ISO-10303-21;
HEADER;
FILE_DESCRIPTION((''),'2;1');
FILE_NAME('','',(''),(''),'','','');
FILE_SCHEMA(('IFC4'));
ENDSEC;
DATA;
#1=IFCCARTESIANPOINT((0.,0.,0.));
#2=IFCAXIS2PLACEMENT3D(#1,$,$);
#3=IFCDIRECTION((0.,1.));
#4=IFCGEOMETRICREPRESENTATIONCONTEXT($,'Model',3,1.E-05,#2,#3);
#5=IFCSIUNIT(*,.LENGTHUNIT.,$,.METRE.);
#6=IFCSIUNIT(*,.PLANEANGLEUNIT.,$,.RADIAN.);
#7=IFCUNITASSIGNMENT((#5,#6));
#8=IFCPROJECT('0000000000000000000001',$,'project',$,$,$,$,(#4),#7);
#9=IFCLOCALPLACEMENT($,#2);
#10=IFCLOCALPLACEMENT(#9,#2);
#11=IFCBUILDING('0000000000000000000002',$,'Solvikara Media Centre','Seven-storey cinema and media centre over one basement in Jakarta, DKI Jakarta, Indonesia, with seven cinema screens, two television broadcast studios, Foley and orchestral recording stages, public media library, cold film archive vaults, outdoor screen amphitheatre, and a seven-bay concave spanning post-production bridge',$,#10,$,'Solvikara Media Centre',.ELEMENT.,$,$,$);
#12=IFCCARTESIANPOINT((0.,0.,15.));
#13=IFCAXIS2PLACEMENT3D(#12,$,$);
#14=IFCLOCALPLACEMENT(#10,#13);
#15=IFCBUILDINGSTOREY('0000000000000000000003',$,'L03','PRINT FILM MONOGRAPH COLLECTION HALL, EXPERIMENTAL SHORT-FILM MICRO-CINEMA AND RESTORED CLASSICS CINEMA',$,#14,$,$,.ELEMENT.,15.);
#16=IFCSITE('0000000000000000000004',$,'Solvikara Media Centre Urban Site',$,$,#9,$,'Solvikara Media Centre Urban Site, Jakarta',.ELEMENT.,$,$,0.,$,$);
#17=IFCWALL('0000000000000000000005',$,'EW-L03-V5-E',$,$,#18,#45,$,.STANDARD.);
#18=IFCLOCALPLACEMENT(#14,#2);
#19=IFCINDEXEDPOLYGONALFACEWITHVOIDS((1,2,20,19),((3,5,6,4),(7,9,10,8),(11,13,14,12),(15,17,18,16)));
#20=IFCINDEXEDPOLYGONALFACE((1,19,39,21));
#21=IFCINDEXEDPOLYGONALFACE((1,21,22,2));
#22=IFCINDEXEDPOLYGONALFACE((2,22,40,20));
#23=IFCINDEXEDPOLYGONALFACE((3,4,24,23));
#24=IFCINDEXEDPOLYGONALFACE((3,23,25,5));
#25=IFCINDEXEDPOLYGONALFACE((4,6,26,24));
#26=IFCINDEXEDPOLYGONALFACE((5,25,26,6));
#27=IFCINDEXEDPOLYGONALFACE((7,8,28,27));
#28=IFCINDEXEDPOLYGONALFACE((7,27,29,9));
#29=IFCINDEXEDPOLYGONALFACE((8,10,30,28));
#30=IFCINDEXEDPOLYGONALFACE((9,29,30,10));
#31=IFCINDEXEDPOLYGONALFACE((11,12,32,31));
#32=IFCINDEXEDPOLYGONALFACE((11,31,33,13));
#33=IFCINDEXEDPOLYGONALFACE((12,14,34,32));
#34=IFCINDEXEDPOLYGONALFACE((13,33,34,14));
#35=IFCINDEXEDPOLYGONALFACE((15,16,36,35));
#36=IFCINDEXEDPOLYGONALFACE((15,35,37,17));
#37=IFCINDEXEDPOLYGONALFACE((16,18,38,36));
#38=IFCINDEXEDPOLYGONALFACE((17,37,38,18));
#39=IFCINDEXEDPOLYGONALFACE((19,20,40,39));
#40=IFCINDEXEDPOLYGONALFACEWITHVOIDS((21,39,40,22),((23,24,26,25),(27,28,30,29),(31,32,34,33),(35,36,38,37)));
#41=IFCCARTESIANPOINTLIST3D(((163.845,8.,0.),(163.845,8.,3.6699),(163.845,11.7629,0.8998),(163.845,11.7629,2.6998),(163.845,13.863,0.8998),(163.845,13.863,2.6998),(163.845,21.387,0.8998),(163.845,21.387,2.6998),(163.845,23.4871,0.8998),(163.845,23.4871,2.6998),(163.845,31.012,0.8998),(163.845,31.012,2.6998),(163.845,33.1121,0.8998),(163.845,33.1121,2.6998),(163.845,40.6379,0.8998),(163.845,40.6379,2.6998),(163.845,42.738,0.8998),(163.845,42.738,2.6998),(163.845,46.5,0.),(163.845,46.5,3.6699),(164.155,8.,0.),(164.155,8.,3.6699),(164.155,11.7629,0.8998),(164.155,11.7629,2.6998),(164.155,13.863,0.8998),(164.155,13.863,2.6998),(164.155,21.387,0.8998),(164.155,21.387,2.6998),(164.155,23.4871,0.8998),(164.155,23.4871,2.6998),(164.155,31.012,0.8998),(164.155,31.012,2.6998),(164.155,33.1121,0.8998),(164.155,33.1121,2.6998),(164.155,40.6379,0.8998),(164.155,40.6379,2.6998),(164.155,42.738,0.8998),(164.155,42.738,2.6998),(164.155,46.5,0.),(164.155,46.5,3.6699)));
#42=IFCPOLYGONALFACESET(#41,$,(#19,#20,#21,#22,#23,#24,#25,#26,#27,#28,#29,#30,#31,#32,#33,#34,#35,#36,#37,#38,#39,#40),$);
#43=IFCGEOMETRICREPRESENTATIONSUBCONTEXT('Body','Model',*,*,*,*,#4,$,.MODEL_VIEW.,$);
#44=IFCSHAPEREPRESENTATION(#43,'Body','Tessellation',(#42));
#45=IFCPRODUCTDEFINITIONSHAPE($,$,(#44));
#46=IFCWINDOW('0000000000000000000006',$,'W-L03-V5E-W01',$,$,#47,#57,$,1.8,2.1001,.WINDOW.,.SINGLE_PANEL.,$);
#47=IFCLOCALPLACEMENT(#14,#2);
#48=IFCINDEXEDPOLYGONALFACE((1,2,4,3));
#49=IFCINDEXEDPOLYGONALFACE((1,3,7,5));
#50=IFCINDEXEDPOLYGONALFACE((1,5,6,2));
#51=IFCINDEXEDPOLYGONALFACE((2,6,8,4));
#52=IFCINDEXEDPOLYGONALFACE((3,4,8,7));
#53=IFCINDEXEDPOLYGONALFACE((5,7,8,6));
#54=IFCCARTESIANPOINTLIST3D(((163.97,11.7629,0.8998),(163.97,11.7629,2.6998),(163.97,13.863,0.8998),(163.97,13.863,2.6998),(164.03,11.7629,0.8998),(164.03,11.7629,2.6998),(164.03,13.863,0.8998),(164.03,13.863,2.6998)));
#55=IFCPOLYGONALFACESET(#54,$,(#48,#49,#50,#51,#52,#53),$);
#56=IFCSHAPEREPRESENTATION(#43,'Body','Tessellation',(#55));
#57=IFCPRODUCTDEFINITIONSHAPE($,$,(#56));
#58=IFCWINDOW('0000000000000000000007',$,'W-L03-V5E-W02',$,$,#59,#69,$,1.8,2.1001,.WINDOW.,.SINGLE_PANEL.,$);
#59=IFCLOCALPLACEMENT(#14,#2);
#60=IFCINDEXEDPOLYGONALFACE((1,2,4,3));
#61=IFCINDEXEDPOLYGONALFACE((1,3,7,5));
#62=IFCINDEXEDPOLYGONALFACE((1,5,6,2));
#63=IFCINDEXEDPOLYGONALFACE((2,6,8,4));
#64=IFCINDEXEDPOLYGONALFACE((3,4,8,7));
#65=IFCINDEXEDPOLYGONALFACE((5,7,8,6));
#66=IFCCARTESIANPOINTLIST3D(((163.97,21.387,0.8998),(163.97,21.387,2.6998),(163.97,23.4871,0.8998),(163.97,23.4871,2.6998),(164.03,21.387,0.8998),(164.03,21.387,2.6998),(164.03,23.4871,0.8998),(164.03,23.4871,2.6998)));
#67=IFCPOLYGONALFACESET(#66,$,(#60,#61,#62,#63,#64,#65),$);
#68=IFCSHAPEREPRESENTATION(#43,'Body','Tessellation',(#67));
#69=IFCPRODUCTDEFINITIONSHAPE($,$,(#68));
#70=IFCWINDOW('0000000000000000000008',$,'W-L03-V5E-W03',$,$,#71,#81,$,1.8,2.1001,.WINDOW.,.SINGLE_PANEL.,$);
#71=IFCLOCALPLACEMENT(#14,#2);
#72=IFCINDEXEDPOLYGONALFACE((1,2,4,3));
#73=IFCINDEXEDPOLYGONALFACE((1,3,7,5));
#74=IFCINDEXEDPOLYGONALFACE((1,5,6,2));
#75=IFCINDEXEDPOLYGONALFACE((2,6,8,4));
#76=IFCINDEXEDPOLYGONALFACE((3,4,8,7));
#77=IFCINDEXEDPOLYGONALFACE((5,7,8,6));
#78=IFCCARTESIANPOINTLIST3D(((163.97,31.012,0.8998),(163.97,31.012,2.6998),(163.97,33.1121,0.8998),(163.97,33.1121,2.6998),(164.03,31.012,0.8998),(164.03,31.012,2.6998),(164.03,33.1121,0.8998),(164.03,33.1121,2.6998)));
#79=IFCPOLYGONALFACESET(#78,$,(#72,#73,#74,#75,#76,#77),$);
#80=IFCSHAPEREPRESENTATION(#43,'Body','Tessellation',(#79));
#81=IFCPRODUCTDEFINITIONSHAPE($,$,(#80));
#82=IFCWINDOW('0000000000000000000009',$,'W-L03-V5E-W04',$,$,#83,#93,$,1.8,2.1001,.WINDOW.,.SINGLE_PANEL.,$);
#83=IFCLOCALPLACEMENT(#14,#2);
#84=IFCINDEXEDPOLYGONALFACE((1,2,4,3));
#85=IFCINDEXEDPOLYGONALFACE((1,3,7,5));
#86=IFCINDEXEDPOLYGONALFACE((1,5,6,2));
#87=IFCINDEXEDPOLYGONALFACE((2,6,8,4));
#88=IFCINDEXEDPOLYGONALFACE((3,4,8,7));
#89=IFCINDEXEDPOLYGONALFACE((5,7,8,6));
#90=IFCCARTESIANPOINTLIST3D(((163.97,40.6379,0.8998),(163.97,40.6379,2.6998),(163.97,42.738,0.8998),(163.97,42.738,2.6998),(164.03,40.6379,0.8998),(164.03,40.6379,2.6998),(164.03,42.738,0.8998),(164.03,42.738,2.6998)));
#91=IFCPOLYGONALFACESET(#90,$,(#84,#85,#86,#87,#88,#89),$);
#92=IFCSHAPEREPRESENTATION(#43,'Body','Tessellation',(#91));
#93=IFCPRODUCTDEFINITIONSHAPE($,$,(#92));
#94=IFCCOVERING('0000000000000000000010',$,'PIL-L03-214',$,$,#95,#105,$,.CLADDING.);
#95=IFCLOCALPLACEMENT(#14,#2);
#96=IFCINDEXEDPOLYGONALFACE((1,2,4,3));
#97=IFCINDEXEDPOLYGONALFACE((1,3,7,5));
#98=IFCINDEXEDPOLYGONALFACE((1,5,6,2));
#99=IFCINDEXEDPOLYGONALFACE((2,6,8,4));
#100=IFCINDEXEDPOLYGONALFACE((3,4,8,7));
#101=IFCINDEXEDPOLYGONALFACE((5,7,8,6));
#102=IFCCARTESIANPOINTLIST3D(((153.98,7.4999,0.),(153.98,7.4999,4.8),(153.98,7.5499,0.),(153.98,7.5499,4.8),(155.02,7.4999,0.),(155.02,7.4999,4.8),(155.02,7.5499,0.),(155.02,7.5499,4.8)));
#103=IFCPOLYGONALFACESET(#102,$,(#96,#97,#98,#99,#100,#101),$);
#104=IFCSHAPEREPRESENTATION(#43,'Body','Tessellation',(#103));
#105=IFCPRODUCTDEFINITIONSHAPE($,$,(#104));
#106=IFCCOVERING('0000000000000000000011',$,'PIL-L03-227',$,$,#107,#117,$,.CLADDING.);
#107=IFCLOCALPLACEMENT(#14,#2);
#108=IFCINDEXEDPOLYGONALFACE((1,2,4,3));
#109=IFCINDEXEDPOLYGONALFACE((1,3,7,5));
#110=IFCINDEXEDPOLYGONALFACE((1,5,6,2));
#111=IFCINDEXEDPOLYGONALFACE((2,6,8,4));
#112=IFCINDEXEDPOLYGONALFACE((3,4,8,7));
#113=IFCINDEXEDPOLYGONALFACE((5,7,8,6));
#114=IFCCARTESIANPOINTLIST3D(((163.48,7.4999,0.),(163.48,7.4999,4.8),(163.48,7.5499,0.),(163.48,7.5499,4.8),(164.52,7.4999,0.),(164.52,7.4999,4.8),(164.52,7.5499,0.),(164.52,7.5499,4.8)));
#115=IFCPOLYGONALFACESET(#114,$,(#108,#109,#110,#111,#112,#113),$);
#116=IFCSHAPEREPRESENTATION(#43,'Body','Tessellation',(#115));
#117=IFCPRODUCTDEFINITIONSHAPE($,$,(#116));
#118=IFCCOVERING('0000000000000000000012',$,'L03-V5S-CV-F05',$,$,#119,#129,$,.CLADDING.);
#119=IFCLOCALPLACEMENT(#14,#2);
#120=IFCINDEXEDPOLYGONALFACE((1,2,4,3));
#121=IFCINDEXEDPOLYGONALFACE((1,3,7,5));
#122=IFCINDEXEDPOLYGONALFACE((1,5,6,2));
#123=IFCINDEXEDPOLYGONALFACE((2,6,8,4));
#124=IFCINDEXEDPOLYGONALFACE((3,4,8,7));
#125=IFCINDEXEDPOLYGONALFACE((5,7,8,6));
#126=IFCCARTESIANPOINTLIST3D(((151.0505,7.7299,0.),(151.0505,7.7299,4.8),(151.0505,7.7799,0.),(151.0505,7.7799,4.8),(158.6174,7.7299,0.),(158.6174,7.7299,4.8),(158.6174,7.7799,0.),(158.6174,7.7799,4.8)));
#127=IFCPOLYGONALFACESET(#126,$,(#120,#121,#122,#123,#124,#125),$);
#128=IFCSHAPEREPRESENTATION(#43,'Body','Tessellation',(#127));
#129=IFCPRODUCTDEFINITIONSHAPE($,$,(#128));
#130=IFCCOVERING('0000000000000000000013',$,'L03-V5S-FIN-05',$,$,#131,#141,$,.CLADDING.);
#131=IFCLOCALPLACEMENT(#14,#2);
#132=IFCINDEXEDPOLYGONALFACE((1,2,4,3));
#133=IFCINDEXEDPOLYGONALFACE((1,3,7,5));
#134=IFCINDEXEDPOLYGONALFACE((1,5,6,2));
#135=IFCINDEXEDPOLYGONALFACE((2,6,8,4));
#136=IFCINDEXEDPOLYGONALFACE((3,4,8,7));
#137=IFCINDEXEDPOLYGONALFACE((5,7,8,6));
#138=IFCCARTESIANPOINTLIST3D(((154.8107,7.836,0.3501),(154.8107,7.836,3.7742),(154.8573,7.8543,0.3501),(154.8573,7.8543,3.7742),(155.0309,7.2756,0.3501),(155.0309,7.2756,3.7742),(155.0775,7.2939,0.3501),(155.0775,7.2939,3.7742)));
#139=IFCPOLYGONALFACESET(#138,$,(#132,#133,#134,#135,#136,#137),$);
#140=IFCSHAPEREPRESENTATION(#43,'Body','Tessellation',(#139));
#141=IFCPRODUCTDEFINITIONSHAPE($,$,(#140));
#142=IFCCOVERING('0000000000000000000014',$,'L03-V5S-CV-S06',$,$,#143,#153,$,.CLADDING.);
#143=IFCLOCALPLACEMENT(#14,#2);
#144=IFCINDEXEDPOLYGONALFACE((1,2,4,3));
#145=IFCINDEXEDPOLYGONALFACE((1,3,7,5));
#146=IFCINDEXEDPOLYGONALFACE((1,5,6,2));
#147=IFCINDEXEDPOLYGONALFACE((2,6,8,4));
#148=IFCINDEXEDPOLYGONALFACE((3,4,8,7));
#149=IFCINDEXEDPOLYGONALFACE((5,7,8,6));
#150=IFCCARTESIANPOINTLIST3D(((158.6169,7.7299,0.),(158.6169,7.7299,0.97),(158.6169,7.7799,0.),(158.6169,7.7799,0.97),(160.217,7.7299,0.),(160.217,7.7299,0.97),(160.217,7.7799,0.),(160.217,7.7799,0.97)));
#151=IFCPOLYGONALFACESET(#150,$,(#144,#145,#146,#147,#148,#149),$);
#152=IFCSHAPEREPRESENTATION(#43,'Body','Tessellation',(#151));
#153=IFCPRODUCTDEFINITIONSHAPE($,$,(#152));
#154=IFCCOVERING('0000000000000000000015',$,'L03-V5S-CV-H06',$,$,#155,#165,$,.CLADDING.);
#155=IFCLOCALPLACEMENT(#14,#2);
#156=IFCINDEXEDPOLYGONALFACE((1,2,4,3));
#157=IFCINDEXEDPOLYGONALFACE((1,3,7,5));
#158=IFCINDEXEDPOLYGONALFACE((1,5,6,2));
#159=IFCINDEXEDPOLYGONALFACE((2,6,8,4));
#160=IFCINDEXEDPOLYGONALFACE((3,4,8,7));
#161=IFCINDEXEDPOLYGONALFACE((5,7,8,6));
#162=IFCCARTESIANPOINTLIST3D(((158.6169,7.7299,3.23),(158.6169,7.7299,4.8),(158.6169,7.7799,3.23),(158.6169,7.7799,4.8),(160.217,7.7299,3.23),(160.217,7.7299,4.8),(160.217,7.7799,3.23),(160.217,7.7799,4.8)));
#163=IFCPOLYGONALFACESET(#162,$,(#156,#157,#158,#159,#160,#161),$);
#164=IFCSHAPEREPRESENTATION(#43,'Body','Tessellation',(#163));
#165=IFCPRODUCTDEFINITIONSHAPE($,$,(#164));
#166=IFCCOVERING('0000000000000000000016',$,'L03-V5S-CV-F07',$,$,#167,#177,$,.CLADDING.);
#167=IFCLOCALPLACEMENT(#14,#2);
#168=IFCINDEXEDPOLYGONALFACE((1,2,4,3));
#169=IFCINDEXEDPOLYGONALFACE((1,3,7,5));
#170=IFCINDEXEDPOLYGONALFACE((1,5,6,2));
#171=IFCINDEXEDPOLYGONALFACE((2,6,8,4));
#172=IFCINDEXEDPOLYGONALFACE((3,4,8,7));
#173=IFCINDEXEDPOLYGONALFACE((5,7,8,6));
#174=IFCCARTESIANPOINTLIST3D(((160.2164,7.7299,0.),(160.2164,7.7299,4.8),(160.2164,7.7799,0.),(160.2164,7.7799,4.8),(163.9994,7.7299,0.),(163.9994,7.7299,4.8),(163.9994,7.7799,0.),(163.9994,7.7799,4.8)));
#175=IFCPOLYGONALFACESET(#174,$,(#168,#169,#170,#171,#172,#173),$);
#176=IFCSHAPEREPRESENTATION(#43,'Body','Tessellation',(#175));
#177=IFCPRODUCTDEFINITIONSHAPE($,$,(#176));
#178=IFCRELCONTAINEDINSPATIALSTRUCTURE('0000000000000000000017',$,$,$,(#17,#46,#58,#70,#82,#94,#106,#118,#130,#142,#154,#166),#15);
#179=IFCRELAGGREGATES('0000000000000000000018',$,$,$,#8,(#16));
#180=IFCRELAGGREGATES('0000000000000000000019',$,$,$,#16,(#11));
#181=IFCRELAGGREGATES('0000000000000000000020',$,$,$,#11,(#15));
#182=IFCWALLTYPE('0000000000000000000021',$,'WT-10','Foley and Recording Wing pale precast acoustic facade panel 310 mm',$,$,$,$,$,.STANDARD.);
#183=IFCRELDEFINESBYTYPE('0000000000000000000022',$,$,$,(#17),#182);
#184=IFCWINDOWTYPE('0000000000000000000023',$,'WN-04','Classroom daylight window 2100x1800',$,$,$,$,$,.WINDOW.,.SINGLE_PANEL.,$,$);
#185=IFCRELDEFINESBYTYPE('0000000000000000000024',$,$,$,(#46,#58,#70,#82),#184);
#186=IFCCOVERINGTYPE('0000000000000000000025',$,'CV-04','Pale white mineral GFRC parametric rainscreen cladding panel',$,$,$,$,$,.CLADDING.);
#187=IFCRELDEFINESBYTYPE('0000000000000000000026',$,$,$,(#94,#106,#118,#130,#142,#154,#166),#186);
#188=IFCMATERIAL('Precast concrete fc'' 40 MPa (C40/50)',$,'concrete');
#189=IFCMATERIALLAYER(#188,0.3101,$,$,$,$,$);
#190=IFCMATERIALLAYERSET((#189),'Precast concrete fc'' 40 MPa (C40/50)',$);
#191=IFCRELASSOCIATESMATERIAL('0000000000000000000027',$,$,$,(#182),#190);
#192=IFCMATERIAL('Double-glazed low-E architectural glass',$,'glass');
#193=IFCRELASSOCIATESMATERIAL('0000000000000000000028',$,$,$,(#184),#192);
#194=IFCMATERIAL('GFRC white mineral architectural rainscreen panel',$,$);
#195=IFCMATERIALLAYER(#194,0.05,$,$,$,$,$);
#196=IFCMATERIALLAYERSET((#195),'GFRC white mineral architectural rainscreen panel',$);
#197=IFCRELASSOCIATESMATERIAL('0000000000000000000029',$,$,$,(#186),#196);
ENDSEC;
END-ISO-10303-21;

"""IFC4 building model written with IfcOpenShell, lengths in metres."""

from ifc_helpers import new_model, si_unit, direction, frame, frame_2d, origin, origin_2d, place, context, subcontext, project, spatial, rectangle, extrude, material, layer, layer_set, type_object, element, fill, save


model = new_model("IFC4")

# Units and contexts
model_context = context("Model", 3, precision=1e-05, world=origin(), true_north=direction((0.0, 1.0)))
body_context = subcontext(model_context, "Body", "Model", "MODEL_VIEW")
ifc_project = project(units=[si_unit("LENGTHUNIT", "METRE"), si_unit("PLANEANGLEUNIT", "RADIAN")], contexts=[model_context])

# Site, building, storey
site_placement = place(None, origin())
site = spatial("IfcSite", under=ifc_project, at=site_placement, Name="Solvikara Media Centre Urban Site", LongName="Solvikara Media Centre Urban Site, Jakarta", CompositionType="ELEMENT", RefElevation=0.0)
building_placement = place(site_placement, origin())
building = spatial("IfcBuilding", under=site, at=building_placement, Name="Solvikara Media Centre", Description="Seven-storey cinema and media centre over one basement in Jakarta, DKI Jakarta, Indonesia, with seven cinema screens, two television broadcast studios, Foley and orchestral recording stages, public media library, cold film archive vaults, outdoor screen amphitheatre, and a seven-bay concave spanning post-production bridge", LongName="Solvikara Media Centre", CompositionType="ELEMENT")
storey_placement = place(building_placement, frame((0.0, 0.0, 15.0)))
storey = spatial("IfcBuildingStorey", under=building, at=storey_placement, Name="L03", Description="PRINT FILM MONOGRAPH COLLECTION HALL, EXPERIMENTAL SHORT-FILM MICRO-CINEMA AND RESTORED CLASSICS CINEMA", CompositionType="ELEMENT", Elevation=15.0)

# Wall, openings, windows
ifc_material_1 = material(Name="Precast concrete fc' 40 MPa (C40/50)", Category="concrete")
ifc_layer_1 = layer(ifc_material_1, 0.3101)
ifc_layer_set_1 = layer_set([ifc_layer_1], Name="Precast concrete fc' 40 MPa (C40/50)")
wall_type = type_object("IfcWallType", Name="WT-10", Description="Foley and Recording Wing pale precast acoustic facade panel 310 mm", PredefinedType="STANDARD", material=ifc_layer_set_1)
wall_placement = place(storey_placement, frame((164.0, 8.0, 0.0), z_axis=(0.0, 0.0, 1.0), x_axis=(0.0, 1.0, 0.0)))
wall = element("IfcWall", 1, at=wall_placement, inside=storey, type_object=wall_type, Name="EW-L03-V5-E", PredefinedType="STANDARD", context=body_context, shape_type="SweptSolid", body=[
    extrude(rectangle(XDim=38.5, YDim=0.3101, at=frame_2d((19.25, 0.0))), origin(), (0.0, 0.0, 1.0), 3.6699),
])
opening_1_placement = place(wall_placement, frame((3.7629, 0.0, 0.8999)))
opening_1 = element("IfcOpeningElement", 2, at=opening_1_placement, cuts=wall, PredefinedType="OPENING", context=body_context, shape_type="SweptSolid", body=[
    extrude(rectangle(XDim=2.1001, YDim=1.8, at=frame_2d((1.05, 0.8999))), frame((0.0, 0.167, 0.0), z_axis=(0.0, -1.0, 0.0), x_axis=(1.0, 0.0, 0.0)), (0.0, 0.0, 1.0), 0.334),
])
opening_2_placement = place(wall_placement, frame((13.387, 0.0, 0.8999)))
opening_2 = element("IfcOpeningElement", 3, at=opening_2_placement, cuts=wall, PredefinedType="OPENING", context=body_context, shape_type="SweptSolid", body=[
    extrude(rectangle(XDim=2.1001, YDim=1.8, at=frame_2d((1.05, 0.8999))), frame((0.0, 0.167, 0.0), z_axis=(0.0, -1.0, 0.0), x_axis=(1.0, 0.0, 0.0)), (0.0, 0.0, 1.0), 0.334),
])
opening_3_placement = place(wall_placement, frame((23.012, 0.0, 0.8999)))
opening_3 = element("IfcOpeningElement", 4, at=opening_3_placement, cuts=wall, PredefinedType="OPENING", context=body_context, shape_type="SweptSolid", body=[
    extrude(rectangle(XDim=2.1001, YDim=1.8, at=frame_2d((1.05, 0.8999))), frame((0.0, 0.167, 0.0), z_axis=(0.0, -1.0, 0.0), x_axis=(1.0, 0.0, 0.0)), (0.0, 0.0, 1.0), 0.334),
])
opening_4_placement = place(wall_placement, frame((32.6379, 0.0, 0.8999)))
opening_4 = element("IfcOpeningElement", 5, at=opening_4_placement, cuts=wall, PredefinedType="OPENING", context=body_context, shape_type="SweptSolid", body=[
    extrude(rectangle(XDim=2.1001, YDim=1.8, at=frame_2d((1.05, 0.8999))), frame((0.0, 0.167, 0.0), z_axis=(0.0, -1.0, 0.0), x_axis=(1.0, 0.0, 0.0)), (0.0, 0.0, 1.0), 0.334),
])
ifc_material_2 = material(Name="Double-glazed low-E architectural glass", Category="glass")
window_type = type_object("IfcWindowType", Name="WN-04", Description="Classroom daylight window 2100x1800", PartitioningType="SINGLE_PANEL", PredefinedType="WINDOW", material=ifc_material_2)
window_1_placement = place(opening_1_placement, origin())
window_1 = element("IfcWindow", 6, at=window_1_placement, inside=storey, type_object=window_type, Name="W-L03-V5E-W01", OverallHeight=1.8, OverallWidth=2.1001, PartitioningType="SINGLE_PANEL", PredefinedType="WINDOW", context=body_context, shape_type="SweptSolid", body=[
    extrude(rectangle(XDim=2.1001, YDim=1.8, at=frame_2d((1.05, 0.8999))), frame((0.0, 0.03, 0.0), z_axis=(0.0, -1.0, 0.0), x_axis=(1.0, 0.0, 0.0)), (0.0, 0.0, 1.0), 0.0601),
])
fill(opening_1, window_1)
window_2_placement = place(opening_2_placement, origin())
window_2 = element("IfcWindow", 7, at=window_2_placement, inside=storey, type_object=window_type, Name="W-L03-V5E-W02", OverallHeight=1.8, OverallWidth=2.1001, PartitioningType="SINGLE_PANEL", PredefinedType="WINDOW", context=body_context, shape_type="SweptSolid", body=[
    extrude(rectangle(XDim=2.1001, YDim=1.8, at=frame_2d((1.05, 0.8999))), frame((0.0, 0.03, 0.0), z_axis=(0.0, -1.0, 0.0), x_axis=(1.0, 0.0, 0.0)), (0.0, 0.0, 1.0), 0.0601),
])
fill(opening_2, window_2)
window_3_placement = place(opening_3_placement, origin())
window_3 = element("IfcWindow", 8, at=window_3_placement, inside=storey, type_object=window_type, Name="W-L03-V5E-W03", OverallHeight=1.8, OverallWidth=2.1001, PartitioningType="SINGLE_PANEL", PredefinedType="WINDOW", context=body_context, shape_type="SweptSolid", body=[
    extrude(rectangle(XDim=2.1001, YDim=1.8, at=frame_2d((1.05, 0.8999))), frame((0.0, 0.03, 0.0), z_axis=(0.0, -1.0, 0.0), x_axis=(1.0, 0.0, 0.0)), (0.0, 0.0, 1.0), 0.0601),
])
fill(opening_3, window_3)
window_4_placement = place(opening_4_placement, origin())
window_4 = element("IfcWindow", 9, at=window_4_placement, inside=storey, type_object=window_type, Name="W-L03-V5E-W04", OverallHeight=1.8, OverallWidth=2.1001, PartitioningType="SINGLE_PANEL", PredefinedType="WINDOW", context=body_context, shape_type="SweptSolid", body=[
    extrude(rectangle(XDim=2.1001, YDim=1.8, at=frame_2d((1.05, 0.8999))), frame((0.0, 0.03, 0.0), z_axis=(0.0, -1.0, 0.0), x_axis=(1.0, 0.0, 0.0)), (0.0, 0.0, 1.0), 0.0601),
])
fill(opening_4, window_4)

# Coverings
ifc_material_3 = material(Name="GFRC white mineral architectural rainscreen panel")
ifc_layer_2 = layer(ifc_material_3, 0.05)
ifc_layer_set_2 = layer_set([ifc_layer_2], Name="GFRC white mineral architectural rainscreen panel")
covering_type = type_object("IfcCoveringType", Name="CV-04", Description="Pale white mineral GFRC parametric rainscreen cladding panel", PredefinedType="CLADDING", material=ifc_layer_set_2)
for number, where, z_axis, x_axis, name in (
    (10, (154.5, 7.5249, 0.0), (0.0, 0.0, 1.0), (1.0, 0.0, 0.0), "PIL-L03-214"),
    (11, (164.0, 7.5249, 0.0), (0.0, 0.0, 1.0), (1.0, 0.0, 0.0), "PIL-L03-227"),
):
    element("IfcCovering", number, at=place(storey_placement, frame(where, z_axis=z_axis, x_axis=x_axis)), inside=storey, type_object=covering_type, Name=name, PredefinedType="CLADDING", context=body_context, shape_type="SweptSolid", body=[
        extrude(rectangle(XDim=1.04, YDim=0.05, at=origin_2d()), origin(), (0.0, 0.0, 1.0), 4.8),
    ])
covering_1_placement = place(storey_placement, frame((154.834, 7.7549, 0.0), z_axis=(0.0, 0.0, 1.0), x_axis=(1.0, 0.0, 0.0)))
element("IfcCovering", 12, at=covering_1_placement, inside=storey, type_object=covering_type, Name="L03-V5S-CV-F05", PredefinedType="CLADDING", context=body_context, shape_type="SweptSolid", body=[
    extrude(rectangle(XDim=7.5669, YDim=0.05, at=origin_2d()), origin(), (0.0, 0.0, 1.0), 4.8),
])
covering_2_placement = place(storey_placement, frame((154.9441, 7.5649, 0.3501), z_axis=(0.0, 0.0, 1.0), x_axis=(0.365657, -0.93075, 0.0)))
element("IfcCovering", 13, at=covering_2_placement, inside=storey, type_object=covering_type, Name="L03-V5S-FIN-05", PredefinedType="CLADDING", context=body_context, shape_type="SweptSolid", body=[
    extrude(rectangle(XDim=0.6021, YDim=0.05, at=origin_2d()), origin(), (0.0, 0.0, 1.0), 3.4241),
])
covering_3_placement = place(storey_placement, frame((159.417, 7.7549, 0.0), z_axis=(0.0, 0.0, 1.0), x_axis=(1.0, 0.0, 0.0)))
element("IfcCovering", 14, at=covering_3_placement, inside=storey, type_object=covering_type, Name="L03-V5S-CV-S06", PredefinedType="CLADDING", context=body_context, shape_type="SweptSolid", body=[
    extrude(rectangle(XDim=1.6001, YDim=0.05, at=origin_2d()), origin(), (0.0, 0.0, 1.0), 0.97),
])
covering_4_placement = place(storey_placement, frame((159.417, 7.7549, 3.23), z_axis=(0.0, 0.0, 1.0), x_axis=(1.0, 0.0, 0.0)))
element("IfcCovering", 15, at=covering_4_placement, inside=storey, type_object=covering_type, Name="L03-V5S-CV-H06", PredefinedType="CLADDING", context=body_context, shape_type="SweptSolid", body=[
    extrude(rectangle(XDim=1.6001, YDim=0.05, at=origin_2d()), origin(), (0.0, 0.0, 1.0), 1.5701),
])
covering_5_placement = place(storey_placement, frame((162.1079, 7.7549, 0.0), z_axis=(0.0, 0.0, 1.0), x_axis=(1.0, 0.0, 0.0)))
element("IfcCovering", 16, at=covering_5_placement, inside=storey, type_object=covering_type, Name="L03-V5S-CV-F07", PredefinedType="CLADDING", context=body_context, shape_type="SweptSolid", body=[
    extrude(rectangle(XDim=3.783, YDim=0.05, at=origin_2d()), origin(), (0.0, 0.0, 1.0), 4.8),
])

save(model, "model.ifc")
